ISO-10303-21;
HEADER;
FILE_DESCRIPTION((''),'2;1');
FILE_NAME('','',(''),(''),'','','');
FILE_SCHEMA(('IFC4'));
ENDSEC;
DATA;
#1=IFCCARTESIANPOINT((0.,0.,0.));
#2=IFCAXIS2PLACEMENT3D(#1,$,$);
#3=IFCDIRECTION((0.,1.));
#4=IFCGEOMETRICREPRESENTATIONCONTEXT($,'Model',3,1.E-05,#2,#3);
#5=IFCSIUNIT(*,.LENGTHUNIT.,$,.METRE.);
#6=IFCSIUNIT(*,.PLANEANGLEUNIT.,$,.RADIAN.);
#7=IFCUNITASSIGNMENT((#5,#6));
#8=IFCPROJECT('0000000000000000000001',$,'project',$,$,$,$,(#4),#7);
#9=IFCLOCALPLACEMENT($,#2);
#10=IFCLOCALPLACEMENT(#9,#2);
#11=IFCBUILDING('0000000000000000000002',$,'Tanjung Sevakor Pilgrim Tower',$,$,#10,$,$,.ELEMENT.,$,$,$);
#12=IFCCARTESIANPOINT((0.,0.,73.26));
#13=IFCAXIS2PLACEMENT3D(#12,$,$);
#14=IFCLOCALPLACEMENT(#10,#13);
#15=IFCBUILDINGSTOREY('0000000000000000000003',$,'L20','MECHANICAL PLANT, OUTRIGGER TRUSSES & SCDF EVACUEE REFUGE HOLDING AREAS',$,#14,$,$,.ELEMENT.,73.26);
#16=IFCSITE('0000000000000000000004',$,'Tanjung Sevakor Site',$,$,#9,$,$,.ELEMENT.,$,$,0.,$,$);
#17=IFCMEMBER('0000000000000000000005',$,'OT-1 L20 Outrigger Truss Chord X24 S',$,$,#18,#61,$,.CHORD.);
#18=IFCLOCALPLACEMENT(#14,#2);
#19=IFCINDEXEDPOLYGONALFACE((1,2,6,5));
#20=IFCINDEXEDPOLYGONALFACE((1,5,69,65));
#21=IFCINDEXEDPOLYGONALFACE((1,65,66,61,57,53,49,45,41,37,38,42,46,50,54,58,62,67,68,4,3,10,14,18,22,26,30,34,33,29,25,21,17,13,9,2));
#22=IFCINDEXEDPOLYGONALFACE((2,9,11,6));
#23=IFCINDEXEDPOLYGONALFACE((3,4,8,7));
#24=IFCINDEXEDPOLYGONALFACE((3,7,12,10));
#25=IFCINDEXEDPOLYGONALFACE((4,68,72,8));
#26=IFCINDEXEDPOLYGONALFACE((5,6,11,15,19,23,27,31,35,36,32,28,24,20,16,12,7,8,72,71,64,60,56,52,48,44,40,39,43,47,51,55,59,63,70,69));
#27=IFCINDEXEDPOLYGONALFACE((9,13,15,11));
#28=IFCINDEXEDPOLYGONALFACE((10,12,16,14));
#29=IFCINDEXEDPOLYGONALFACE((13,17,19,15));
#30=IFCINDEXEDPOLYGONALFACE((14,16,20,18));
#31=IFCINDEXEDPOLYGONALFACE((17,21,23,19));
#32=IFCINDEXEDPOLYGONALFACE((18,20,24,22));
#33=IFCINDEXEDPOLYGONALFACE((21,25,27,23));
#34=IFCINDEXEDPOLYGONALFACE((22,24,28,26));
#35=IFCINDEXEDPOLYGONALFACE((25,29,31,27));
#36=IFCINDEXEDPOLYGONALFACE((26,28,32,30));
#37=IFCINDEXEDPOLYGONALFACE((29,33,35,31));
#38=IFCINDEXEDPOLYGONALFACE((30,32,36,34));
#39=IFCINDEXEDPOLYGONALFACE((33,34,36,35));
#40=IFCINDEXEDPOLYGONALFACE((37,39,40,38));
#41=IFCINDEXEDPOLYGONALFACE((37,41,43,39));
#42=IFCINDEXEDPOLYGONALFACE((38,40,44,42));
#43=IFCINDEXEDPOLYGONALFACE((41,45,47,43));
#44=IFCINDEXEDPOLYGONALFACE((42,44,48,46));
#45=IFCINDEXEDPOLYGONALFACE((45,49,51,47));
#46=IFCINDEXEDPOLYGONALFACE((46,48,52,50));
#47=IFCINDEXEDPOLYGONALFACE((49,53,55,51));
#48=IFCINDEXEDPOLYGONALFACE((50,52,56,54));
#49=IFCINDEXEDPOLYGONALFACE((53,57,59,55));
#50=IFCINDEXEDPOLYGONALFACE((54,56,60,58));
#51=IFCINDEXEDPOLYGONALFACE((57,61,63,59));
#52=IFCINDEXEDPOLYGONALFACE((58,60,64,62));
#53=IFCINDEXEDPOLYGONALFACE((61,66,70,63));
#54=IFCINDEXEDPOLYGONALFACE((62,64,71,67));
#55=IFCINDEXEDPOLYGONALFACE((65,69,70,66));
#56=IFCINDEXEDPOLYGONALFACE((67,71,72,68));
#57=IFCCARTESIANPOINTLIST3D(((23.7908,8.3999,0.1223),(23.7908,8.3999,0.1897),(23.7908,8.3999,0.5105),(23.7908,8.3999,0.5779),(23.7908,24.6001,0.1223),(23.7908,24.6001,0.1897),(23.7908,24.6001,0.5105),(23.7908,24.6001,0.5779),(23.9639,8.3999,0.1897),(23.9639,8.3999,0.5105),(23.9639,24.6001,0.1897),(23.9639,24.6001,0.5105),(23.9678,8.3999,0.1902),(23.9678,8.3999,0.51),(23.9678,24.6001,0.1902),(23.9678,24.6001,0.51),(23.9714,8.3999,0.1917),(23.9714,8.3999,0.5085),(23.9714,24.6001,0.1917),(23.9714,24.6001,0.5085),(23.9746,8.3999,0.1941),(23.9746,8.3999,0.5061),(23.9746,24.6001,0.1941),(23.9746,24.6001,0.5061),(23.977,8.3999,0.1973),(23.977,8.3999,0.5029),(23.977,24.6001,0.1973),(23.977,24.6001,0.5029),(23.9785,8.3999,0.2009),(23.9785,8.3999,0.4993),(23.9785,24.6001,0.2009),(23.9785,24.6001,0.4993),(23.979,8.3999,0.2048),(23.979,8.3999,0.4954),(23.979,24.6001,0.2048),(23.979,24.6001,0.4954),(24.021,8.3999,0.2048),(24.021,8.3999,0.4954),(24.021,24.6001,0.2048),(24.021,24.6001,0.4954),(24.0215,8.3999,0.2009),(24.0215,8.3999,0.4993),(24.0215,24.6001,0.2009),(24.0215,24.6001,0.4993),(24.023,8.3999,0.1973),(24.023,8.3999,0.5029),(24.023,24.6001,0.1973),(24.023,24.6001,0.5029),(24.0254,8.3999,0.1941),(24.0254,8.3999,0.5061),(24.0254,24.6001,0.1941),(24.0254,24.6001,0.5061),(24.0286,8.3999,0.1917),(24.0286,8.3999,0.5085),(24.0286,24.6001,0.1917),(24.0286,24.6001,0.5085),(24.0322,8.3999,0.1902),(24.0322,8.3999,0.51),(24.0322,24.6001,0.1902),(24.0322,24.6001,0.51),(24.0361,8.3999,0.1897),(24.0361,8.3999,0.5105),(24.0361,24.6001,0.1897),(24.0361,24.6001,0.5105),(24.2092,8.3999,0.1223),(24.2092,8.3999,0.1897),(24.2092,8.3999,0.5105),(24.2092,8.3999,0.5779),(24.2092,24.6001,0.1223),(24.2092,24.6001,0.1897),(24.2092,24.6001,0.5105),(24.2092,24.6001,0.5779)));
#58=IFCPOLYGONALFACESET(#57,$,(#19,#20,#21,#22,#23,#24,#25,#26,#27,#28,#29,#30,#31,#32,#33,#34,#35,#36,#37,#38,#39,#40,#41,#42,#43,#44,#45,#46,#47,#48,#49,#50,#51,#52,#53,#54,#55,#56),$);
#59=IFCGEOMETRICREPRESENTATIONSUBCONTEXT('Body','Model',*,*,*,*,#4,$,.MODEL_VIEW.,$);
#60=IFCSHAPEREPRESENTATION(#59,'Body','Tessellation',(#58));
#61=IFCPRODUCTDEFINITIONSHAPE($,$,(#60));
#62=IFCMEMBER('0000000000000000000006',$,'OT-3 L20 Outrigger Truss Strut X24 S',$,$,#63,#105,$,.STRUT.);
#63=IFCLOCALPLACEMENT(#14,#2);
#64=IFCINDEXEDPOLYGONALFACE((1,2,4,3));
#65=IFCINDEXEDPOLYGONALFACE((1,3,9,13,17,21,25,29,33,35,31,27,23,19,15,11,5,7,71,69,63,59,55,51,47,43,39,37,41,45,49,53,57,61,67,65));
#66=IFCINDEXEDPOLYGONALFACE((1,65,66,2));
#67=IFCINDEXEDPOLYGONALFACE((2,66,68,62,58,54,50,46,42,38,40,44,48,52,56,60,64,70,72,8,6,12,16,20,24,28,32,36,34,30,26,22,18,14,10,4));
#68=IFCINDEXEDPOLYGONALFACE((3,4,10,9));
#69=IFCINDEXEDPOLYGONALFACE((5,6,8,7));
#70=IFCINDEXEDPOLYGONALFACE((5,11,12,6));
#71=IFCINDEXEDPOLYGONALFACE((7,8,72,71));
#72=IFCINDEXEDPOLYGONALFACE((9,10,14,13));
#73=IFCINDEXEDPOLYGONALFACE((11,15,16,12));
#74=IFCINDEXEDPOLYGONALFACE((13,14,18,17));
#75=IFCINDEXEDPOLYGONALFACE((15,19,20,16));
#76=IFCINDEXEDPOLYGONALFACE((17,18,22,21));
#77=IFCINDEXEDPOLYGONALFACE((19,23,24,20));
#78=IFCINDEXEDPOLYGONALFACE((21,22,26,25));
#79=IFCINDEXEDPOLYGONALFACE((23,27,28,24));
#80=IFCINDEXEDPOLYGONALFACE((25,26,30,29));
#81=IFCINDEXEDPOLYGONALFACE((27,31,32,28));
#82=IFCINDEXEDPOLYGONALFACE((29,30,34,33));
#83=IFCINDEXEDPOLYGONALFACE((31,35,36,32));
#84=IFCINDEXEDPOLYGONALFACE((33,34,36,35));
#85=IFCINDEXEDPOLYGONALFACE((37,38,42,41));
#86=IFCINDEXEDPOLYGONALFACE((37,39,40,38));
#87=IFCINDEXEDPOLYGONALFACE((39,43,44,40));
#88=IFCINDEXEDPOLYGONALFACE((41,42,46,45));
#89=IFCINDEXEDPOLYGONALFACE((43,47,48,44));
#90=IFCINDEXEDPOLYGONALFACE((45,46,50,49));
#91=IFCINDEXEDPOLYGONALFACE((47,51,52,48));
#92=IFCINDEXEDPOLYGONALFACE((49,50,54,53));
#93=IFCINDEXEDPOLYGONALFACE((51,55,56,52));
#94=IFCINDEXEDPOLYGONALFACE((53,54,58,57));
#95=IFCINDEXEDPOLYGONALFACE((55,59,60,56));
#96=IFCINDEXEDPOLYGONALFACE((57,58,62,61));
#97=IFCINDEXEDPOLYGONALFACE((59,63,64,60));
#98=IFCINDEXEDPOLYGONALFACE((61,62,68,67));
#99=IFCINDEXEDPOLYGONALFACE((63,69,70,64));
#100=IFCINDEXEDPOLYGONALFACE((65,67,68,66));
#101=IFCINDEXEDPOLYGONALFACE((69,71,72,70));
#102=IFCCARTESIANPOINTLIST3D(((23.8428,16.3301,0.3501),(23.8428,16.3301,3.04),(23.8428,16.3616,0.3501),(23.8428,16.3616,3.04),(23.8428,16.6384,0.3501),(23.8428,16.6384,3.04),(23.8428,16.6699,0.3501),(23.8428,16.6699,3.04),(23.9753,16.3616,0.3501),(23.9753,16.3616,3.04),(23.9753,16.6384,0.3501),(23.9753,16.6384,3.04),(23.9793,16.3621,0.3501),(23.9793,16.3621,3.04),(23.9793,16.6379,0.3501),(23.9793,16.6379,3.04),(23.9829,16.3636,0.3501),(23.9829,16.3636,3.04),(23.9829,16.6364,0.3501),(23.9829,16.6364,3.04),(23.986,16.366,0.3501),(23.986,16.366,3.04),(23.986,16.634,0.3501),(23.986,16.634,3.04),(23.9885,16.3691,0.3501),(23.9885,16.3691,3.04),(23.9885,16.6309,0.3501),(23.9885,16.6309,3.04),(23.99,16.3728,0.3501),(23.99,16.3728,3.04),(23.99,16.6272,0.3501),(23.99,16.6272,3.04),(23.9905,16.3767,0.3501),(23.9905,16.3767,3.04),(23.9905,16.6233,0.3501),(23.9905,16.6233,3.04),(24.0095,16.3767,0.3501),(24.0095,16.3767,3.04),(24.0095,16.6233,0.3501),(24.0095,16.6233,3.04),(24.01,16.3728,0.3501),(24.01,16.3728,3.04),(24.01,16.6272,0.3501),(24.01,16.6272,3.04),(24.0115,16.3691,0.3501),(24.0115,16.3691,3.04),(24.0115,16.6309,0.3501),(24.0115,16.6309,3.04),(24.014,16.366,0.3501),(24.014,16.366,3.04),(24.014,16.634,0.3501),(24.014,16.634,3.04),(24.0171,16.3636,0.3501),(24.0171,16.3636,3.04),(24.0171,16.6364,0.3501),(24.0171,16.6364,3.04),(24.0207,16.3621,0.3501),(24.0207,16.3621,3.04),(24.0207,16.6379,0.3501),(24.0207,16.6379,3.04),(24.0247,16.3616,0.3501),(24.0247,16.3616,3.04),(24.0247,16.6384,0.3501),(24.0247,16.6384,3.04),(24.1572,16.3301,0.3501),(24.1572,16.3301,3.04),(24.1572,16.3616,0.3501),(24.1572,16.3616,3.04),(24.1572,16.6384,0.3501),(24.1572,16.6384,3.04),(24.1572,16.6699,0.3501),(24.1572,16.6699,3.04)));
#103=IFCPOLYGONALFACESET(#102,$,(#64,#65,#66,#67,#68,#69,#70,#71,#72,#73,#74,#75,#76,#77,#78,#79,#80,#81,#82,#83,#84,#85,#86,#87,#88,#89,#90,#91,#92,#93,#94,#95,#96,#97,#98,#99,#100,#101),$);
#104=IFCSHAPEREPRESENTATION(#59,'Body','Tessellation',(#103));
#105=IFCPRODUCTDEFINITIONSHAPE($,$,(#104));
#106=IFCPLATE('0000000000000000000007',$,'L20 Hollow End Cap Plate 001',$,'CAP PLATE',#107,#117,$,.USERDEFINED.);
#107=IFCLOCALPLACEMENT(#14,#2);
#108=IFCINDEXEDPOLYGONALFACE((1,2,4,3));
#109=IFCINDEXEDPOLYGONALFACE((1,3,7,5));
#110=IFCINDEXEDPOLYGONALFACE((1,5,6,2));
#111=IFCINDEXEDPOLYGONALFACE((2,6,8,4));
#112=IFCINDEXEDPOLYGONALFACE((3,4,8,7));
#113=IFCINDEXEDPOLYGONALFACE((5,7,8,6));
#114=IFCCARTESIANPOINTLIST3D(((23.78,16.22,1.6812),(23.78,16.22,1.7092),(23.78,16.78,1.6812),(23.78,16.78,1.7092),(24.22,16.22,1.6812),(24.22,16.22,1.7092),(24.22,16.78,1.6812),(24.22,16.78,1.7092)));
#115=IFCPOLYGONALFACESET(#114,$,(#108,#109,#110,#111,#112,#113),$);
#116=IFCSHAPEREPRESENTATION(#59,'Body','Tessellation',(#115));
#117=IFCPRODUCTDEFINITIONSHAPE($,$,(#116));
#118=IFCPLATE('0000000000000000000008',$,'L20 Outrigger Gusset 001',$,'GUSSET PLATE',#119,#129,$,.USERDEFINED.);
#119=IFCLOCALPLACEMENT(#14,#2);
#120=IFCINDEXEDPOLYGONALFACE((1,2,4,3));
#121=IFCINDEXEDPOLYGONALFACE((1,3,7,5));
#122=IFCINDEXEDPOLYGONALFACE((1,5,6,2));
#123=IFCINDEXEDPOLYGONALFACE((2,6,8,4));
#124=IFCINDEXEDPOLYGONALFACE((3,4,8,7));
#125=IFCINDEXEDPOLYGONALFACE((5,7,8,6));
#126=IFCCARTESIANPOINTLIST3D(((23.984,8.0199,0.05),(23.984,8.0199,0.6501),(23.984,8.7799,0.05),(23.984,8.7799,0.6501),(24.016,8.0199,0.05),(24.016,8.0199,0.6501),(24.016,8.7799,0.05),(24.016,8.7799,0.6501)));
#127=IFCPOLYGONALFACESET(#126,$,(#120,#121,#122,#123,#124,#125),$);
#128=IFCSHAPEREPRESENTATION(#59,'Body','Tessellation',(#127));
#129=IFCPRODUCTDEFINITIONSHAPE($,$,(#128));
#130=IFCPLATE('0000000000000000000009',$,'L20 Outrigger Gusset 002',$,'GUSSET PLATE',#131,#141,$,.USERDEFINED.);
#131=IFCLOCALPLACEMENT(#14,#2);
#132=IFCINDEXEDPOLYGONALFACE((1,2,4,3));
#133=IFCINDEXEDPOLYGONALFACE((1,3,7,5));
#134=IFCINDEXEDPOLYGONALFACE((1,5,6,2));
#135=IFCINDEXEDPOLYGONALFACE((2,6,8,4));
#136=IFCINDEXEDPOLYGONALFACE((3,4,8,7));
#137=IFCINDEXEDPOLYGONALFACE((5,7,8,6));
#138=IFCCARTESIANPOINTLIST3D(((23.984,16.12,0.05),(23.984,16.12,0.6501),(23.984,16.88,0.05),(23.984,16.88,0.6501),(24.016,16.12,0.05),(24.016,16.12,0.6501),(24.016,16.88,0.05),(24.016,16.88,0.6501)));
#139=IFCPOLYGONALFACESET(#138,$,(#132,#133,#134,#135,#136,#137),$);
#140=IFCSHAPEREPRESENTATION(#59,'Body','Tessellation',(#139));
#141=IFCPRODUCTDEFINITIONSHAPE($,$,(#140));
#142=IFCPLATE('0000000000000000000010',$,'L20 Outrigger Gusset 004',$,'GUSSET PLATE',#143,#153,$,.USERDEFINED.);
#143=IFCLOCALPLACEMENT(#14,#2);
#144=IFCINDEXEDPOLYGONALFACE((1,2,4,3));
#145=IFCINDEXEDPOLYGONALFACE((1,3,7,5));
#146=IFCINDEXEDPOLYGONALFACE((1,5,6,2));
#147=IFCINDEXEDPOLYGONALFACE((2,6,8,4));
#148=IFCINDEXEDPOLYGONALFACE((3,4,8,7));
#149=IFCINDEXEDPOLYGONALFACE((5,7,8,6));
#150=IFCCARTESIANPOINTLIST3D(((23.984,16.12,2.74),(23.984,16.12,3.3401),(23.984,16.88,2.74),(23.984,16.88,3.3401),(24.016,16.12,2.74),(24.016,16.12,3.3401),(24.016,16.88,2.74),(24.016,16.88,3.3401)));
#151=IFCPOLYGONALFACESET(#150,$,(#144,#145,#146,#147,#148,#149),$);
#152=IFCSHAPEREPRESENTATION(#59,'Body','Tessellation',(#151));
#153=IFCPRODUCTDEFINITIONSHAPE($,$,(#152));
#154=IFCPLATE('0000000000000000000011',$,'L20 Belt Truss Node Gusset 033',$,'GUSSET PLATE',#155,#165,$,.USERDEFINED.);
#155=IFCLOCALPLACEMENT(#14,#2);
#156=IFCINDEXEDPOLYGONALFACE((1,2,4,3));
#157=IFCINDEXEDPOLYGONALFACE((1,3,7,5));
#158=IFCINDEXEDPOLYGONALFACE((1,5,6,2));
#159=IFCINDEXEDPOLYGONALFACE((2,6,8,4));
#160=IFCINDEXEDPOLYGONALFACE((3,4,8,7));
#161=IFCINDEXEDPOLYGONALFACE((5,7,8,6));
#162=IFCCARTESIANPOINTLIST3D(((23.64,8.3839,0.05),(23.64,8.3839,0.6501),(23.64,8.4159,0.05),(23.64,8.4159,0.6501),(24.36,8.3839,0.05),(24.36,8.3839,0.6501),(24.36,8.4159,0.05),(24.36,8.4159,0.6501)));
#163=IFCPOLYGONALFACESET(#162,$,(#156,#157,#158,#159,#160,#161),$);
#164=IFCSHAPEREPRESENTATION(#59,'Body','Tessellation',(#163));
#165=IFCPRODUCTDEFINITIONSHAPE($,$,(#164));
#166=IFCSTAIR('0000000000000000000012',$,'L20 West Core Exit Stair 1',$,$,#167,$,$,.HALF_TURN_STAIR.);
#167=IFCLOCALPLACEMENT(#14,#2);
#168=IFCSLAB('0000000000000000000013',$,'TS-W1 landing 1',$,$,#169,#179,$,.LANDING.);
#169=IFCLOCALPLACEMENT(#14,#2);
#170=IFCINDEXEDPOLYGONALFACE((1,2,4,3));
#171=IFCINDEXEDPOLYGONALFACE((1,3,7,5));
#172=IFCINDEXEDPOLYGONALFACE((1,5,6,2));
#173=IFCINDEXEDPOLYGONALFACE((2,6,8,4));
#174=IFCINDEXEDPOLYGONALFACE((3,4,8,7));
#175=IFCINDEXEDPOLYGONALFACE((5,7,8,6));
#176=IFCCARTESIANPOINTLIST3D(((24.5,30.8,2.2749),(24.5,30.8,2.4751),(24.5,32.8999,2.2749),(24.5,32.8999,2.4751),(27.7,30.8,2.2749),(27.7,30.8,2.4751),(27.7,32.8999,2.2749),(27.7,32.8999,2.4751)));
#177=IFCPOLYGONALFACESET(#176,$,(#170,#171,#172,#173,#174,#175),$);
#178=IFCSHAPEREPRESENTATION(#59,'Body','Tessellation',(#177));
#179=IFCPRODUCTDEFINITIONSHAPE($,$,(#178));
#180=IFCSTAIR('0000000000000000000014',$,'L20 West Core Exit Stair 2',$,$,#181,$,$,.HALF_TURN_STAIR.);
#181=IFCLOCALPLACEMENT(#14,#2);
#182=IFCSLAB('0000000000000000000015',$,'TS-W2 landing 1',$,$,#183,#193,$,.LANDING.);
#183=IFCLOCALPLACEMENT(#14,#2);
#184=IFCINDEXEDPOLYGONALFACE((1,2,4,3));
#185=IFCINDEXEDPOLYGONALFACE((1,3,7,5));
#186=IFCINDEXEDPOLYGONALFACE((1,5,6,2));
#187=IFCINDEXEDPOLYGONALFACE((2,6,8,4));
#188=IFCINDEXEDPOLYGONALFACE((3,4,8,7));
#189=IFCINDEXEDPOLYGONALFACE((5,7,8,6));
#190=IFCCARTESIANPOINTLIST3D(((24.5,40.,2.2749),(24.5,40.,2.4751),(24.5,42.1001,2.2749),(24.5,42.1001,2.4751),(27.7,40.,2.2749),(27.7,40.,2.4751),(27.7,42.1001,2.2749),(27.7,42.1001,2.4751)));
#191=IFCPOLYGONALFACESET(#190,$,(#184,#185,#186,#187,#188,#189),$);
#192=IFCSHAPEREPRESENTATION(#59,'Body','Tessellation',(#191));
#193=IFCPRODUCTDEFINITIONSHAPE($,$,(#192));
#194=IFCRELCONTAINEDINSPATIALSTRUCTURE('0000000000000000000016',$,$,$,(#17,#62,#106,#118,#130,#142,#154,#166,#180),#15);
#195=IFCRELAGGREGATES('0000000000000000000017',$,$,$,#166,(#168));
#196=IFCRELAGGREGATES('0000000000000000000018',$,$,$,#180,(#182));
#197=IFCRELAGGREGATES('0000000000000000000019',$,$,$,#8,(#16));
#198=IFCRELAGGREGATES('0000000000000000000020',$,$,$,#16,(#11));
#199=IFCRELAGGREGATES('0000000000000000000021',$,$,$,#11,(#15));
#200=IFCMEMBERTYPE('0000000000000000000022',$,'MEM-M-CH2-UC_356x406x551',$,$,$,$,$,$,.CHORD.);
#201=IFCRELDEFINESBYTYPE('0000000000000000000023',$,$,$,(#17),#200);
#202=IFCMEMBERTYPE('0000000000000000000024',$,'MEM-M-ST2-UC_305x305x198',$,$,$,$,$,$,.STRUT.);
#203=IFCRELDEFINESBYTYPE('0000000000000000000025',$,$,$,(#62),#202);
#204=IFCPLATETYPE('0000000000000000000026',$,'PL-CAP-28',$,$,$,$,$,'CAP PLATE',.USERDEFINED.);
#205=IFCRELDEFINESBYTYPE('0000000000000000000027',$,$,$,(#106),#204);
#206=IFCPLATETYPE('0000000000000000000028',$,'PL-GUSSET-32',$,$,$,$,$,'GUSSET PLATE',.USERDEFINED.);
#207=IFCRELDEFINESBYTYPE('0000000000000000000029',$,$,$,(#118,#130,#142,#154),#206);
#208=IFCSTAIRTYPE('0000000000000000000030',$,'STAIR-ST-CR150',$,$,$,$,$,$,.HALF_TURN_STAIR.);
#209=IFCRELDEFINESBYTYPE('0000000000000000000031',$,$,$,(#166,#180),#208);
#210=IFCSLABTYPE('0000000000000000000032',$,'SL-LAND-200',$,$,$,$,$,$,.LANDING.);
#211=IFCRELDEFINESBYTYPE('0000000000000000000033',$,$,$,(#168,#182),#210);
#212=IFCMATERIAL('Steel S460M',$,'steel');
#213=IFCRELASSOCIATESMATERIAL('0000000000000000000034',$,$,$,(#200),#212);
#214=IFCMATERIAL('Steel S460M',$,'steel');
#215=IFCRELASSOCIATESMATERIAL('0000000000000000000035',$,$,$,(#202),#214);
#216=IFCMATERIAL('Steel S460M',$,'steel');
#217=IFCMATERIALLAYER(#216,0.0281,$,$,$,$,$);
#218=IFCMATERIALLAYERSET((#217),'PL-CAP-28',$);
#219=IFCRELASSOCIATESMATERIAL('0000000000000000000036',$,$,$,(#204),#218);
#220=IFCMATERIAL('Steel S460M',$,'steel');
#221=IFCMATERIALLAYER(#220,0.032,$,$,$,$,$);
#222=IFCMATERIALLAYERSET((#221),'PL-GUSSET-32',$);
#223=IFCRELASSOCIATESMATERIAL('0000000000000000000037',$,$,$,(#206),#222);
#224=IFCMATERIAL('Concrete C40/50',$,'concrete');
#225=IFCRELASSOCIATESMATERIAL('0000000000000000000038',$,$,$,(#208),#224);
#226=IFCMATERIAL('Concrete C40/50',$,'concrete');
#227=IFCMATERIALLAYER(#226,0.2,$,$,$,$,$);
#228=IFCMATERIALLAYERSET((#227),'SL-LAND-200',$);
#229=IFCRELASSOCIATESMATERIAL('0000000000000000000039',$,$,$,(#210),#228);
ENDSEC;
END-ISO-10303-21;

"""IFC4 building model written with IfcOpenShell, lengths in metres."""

from ifc_helpers import new_model, si_unit, direction, frame, origin, origin_2d, place, context, subcontext, project, spatial, polyline, rectangle, i_section, outline, extrude, material, layer, layer_set, material_profile, profile_set, type_object, element, aggregate, save


model = new_model("IFC4")

# Units and contexts
model_context = context("Model", 3, precision=1e-05, world=origin(), true_north=direction((0.0, 1.0)))
body_context = subcontext(model_context, "Body", "Model", "MODEL_VIEW")
ifc_project = project(units=[si_unit("LENGTHUNIT", "METRE"), si_unit("PLANEANGLEUNIT", "RADIAN")], contexts=[model_context])

# Site, building, storey
site_placement = place(None, origin())
site = spatial("IfcSite", under=ifc_project, at=site_placement, Name="Tanjung Sevakor Site", CompositionType="ELEMENT", RefElevation=0.0)
building_placement = place(site_placement, origin())
building = spatial("IfcBuilding", under=site, at=building_placement, Name="Tanjung Sevakor Pilgrim Tower", CompositionType="ELEMENT")
storey_placement = place(building_placement, frame((0.0, 0.0, 73.26)))
storey = spatial("IfcBuildingStorey", under=building, at=storey_placement, Name="L20", Description="MECHANICAL PLANT, OUTRIGGER TRUSSES & SCDF EVACUEE REFUGE HOLDING AREAS", CompositionType="ELEMENT", Elevation=73.26)

# Members
ifc_material_1 = material(Name="Steel S460M", Category="steel")
ifc_material_profile_1 = material_profile(ifc_material_1, i_section(OverallWidth=0.4185, OverallDepth=0.4556, WebThickness=0.042, FlangeThickness=0.0674, FilletRadius=0.0151, at=origin_2d()))
ifc_profile_set_1 = profile_set([ifc_material_profile_1], Name="Steel S460M")
member_type_1 = type_object("IfcMemberType", Name="MEM-M-CH2-UC_356x406x551", PredefinedType="CHORD", material=ifc_profile_set_1)
member_1_placement = place(storey_placement, frame((24.0, 8.3999, 0.3501), z_axis=(0.0, 1.0, 0.0), x_axis=(-1.0, 0.0, 0.0)))
element("IfcMember", 1, at=member_1_placement, inside=storey, type_object=member_type_1, Name="OT-1 L20 Outrigger Truss Chord X24 S", PredefinedType="CHORD", context=body_context, shape_type="SweptSolid", body=[
    extrude(i_section(OverallWidth=0.4185, OverallDepth=0.4556, WebThickness=0.042, FlangeThickness=0.0674, FilletRadius=0.0151, at=origin_2d()), origin(), (0.0, 0.0, 1.0), 16.2002),
])
ifc_material_2 = material(Name="Steel S460M", Category="steel")
ifc_material_profile_2 = material_profile(ifc_material_2, i_section(OverallWidth=0.3145, OverallDepth=0.3398, WebThickness=0.019, FlangeThickness=0.0315, FilletRadius=0.0151, at=origin_2d()))
ifc_profile_set_2 = profile_set([ifc_material_profile_2], Name="Steel S460M")
member_type_2 = type_object("IfcMemberType", Name="MEM-M-ST2-UC_305x305x198", PredefinedType="STRUT", material=ifc_profile_set_2)
member_2_placement = place(storey_placement, frame((24.0, 16.5, 0.3501), z_axis=(0.0, 0.0, 1.0), x_axis=(1.0, 0.0, 0.0)))
element("IfcMember", 2, at=member_2_placement, inside=storey, type_object=member_type_2, Name="OT-3 L20 Outrigger Truss Strut X24 S", PredefinedType="STRUT", context=body_context, shape_type="SweptSolid", body=[
    extrude(i_section(OverallWidth=0.3145, OverallDepth=0.3398, WebThickness=0.019, FlangeThickness=0.0315, FilletRadius=0.0151, at=origin_2d()), origin(), (0.0, 0.0, 1.0), 2.6899),
])

# Plates
ifc_material_3 = material(Name="Steel S460M", Category="steel")
ifc_layer_1 = layer(ifc_material_3, 0.0281)
ifc_layer_set_1 = layer_set([ifc_layer_1], Name="PL-CAP-28")
plate_type_1 = type_object("IfcPlateType", Name="PL-CAP-28", ElementType="CAP PLATE", PredefinedType="USERDEFINED", material=ifc_layer_set_1)
plate_1_placement = place(storey_placement, frame((24.0, 16.5, 1.6812), z_axis=(0.0, 0.0, 1.0), x_axis=(1.0, 0.0, 0.0)))
element("IfcPlate", 3, at=plate_1_placement, inside=storey, type_object=plate_type_1, Name="L20 Hollow End Cap Plate 001", ObjectType="CAP PLATE", PredefinedType="USERDEFINED", context=body_context, shape_type="SweptSolid", body=[
    extrude(rectangle(XDim=0.4399, YDim=0.5601, at=origin_2d()), origin(), (0.0, 0.0, 1.0), 0.0281),
])
ifc_material_4 = material(Name="Steel S460M", Category="steel")
ifc_layer_2 = layer(ifc_material_4, 0.032)
ifc_layer_set_2 = layer_set([ifc_layer_2], Name="PL-GUSSET-32")
plate_type_2 = type_object("IfcPlateType", Name="PL-GUSSET-32", ElementType="GUSSET PLATE", PredefinedType="USERDEFINED", material=ifc_layer_set_2)
for number, where, z_axis, x_axis, name in (
    (4, (24.0, 8.3999, 0.05), (0.0, 0.0, 1.0), (1.0, 0.0, 0.0), "L20 Outrigger Gusset 001"),
    (5, (24.0, 16.5, 0.05), (0.0, 0.0, 1.0), (1.0, 0.0, 0.0), "L20 Outrigger Gusset 002"),
    (6, (24.0, 16.5, 2.74), (0.0, 0.0, 1.0), (1.0, 0.0, 0.0), "L20 Outrigger Gusset 004"),
):
    element("IfcPlate", number, at=place(storey_placement, frame(where, z_axis=z_axis, x_axis=x_axis)), inside=storey, type_object=plate_type_2, Name=name, ObjectType="GUSSET PLATE", PredefinedType="USERDEFINED", context=body_context, shape_type="SweptSolid", body=[
        extrude(rectangle(XDim=0.032, YDim=0.76, at=origin_2d()), origin(), (0.0, 0.0, 1.0), 0.6001),
    ])
plate_2_placement = place(storey_placement, frame((24.0, 8.3999, 0.05), z_axis=(0.0, 0.0, 1.0), x_axis=(1.0, 0.0, 0.0)))
element("IfcPlate", 7, at=plate_2_placement, inside=storey, type_object=plate_type_2, Name="L20 Belt Truss Node Gusset 033", ObjectType="GUSSET PLATE", PredefinedType="USERDEFINED", context=body_context, shape_type="SweptSolid", body=[
    extrude(rectangle(XDim=0.72, YDim=0.032, at=origin_2d()), origin(), (0.0, 0.0, 1.0), 0.6001),
])

# Stairs, slabs
ifc_material_5 = material(Name="Concrete C40/50", Category="concrete")
stair_type = type_object("IfcStairType", Name="STAIR-ST-CR150", PredefinedType="HALF_TURN_STAIR", material=ifc_material_5)
stair_1_placement = place(storey_placement, origin())
stair_1 = element("IfcStair", 8, at=stair_1_placement, inside=storey, type_object=stair_type, Name="L20 West Core Exit Stair 1", PredefinedType="HALF_TURN_STAIR")
ifc_material_6 = material(Name="Concrete C40/50", Category="concrete")
ifc_layer_3 = layer(ifc_material_6, 0.2)
ifc_layer_set_3 = layer_set([ifc_layer_3], Name="SL-LAND-200")
slab_type_1 = type_object("IfcSlabType", Name="SL-LAND-200", PredefinedType="LANDING", material=ifc_layer_set_3)
slab_1_placement = place(storey_placement, frame((0.0, 0.0, 2.2749)))
slab_1 = element("IfcSlab", 9, at=slab_1_placement, type_object=slab_type_1, Name="TS-W1 landing 1", PredefinedType="LANDING", context=body_context, shape_type="SweptSolid", body=[
    extrude(outline(polyline([(27.7, 30.8), (27.7, 32.8999), (24.5, 32.8999), (24.5, 30.8), (27.7, 30.8)])), origin(), (0.0, 0.0, 1.0), 0.2002),
])
aggregate(stair_1, [slab_1])
stair_2_placement = place(storey_placement, origin())
stair_2 = element("IfcStair", 10, at=stair_2_placement, inside=storey, type_object=stair_type, Name="L20 West Core Exit Stair 2", PredefinedType="HALF_TURN_STAIR")
slab_2_placement = place(storey_placement, frame((0.0, 0.0, 2.2749)))
slab_2 = element("IfcSlab", 11, at=slab_2_placement, type_object=slab_type_1, Name="TS-W2 landing 1", PredefinedType="LANDING", context=body_context, shape_type="SweptSolid", body=[
    extrude(outline(polyline([(27.7, 40.0), (27.7, 42.1001), (24.5, 42.1001), (24.5, 40.0), (27.7, 40.0)])), origin(), (0.0, 0.0, 1.0), 0.2002),
])
aggregate(stair_2, [slab_2])

save(model, "model.ifc")
